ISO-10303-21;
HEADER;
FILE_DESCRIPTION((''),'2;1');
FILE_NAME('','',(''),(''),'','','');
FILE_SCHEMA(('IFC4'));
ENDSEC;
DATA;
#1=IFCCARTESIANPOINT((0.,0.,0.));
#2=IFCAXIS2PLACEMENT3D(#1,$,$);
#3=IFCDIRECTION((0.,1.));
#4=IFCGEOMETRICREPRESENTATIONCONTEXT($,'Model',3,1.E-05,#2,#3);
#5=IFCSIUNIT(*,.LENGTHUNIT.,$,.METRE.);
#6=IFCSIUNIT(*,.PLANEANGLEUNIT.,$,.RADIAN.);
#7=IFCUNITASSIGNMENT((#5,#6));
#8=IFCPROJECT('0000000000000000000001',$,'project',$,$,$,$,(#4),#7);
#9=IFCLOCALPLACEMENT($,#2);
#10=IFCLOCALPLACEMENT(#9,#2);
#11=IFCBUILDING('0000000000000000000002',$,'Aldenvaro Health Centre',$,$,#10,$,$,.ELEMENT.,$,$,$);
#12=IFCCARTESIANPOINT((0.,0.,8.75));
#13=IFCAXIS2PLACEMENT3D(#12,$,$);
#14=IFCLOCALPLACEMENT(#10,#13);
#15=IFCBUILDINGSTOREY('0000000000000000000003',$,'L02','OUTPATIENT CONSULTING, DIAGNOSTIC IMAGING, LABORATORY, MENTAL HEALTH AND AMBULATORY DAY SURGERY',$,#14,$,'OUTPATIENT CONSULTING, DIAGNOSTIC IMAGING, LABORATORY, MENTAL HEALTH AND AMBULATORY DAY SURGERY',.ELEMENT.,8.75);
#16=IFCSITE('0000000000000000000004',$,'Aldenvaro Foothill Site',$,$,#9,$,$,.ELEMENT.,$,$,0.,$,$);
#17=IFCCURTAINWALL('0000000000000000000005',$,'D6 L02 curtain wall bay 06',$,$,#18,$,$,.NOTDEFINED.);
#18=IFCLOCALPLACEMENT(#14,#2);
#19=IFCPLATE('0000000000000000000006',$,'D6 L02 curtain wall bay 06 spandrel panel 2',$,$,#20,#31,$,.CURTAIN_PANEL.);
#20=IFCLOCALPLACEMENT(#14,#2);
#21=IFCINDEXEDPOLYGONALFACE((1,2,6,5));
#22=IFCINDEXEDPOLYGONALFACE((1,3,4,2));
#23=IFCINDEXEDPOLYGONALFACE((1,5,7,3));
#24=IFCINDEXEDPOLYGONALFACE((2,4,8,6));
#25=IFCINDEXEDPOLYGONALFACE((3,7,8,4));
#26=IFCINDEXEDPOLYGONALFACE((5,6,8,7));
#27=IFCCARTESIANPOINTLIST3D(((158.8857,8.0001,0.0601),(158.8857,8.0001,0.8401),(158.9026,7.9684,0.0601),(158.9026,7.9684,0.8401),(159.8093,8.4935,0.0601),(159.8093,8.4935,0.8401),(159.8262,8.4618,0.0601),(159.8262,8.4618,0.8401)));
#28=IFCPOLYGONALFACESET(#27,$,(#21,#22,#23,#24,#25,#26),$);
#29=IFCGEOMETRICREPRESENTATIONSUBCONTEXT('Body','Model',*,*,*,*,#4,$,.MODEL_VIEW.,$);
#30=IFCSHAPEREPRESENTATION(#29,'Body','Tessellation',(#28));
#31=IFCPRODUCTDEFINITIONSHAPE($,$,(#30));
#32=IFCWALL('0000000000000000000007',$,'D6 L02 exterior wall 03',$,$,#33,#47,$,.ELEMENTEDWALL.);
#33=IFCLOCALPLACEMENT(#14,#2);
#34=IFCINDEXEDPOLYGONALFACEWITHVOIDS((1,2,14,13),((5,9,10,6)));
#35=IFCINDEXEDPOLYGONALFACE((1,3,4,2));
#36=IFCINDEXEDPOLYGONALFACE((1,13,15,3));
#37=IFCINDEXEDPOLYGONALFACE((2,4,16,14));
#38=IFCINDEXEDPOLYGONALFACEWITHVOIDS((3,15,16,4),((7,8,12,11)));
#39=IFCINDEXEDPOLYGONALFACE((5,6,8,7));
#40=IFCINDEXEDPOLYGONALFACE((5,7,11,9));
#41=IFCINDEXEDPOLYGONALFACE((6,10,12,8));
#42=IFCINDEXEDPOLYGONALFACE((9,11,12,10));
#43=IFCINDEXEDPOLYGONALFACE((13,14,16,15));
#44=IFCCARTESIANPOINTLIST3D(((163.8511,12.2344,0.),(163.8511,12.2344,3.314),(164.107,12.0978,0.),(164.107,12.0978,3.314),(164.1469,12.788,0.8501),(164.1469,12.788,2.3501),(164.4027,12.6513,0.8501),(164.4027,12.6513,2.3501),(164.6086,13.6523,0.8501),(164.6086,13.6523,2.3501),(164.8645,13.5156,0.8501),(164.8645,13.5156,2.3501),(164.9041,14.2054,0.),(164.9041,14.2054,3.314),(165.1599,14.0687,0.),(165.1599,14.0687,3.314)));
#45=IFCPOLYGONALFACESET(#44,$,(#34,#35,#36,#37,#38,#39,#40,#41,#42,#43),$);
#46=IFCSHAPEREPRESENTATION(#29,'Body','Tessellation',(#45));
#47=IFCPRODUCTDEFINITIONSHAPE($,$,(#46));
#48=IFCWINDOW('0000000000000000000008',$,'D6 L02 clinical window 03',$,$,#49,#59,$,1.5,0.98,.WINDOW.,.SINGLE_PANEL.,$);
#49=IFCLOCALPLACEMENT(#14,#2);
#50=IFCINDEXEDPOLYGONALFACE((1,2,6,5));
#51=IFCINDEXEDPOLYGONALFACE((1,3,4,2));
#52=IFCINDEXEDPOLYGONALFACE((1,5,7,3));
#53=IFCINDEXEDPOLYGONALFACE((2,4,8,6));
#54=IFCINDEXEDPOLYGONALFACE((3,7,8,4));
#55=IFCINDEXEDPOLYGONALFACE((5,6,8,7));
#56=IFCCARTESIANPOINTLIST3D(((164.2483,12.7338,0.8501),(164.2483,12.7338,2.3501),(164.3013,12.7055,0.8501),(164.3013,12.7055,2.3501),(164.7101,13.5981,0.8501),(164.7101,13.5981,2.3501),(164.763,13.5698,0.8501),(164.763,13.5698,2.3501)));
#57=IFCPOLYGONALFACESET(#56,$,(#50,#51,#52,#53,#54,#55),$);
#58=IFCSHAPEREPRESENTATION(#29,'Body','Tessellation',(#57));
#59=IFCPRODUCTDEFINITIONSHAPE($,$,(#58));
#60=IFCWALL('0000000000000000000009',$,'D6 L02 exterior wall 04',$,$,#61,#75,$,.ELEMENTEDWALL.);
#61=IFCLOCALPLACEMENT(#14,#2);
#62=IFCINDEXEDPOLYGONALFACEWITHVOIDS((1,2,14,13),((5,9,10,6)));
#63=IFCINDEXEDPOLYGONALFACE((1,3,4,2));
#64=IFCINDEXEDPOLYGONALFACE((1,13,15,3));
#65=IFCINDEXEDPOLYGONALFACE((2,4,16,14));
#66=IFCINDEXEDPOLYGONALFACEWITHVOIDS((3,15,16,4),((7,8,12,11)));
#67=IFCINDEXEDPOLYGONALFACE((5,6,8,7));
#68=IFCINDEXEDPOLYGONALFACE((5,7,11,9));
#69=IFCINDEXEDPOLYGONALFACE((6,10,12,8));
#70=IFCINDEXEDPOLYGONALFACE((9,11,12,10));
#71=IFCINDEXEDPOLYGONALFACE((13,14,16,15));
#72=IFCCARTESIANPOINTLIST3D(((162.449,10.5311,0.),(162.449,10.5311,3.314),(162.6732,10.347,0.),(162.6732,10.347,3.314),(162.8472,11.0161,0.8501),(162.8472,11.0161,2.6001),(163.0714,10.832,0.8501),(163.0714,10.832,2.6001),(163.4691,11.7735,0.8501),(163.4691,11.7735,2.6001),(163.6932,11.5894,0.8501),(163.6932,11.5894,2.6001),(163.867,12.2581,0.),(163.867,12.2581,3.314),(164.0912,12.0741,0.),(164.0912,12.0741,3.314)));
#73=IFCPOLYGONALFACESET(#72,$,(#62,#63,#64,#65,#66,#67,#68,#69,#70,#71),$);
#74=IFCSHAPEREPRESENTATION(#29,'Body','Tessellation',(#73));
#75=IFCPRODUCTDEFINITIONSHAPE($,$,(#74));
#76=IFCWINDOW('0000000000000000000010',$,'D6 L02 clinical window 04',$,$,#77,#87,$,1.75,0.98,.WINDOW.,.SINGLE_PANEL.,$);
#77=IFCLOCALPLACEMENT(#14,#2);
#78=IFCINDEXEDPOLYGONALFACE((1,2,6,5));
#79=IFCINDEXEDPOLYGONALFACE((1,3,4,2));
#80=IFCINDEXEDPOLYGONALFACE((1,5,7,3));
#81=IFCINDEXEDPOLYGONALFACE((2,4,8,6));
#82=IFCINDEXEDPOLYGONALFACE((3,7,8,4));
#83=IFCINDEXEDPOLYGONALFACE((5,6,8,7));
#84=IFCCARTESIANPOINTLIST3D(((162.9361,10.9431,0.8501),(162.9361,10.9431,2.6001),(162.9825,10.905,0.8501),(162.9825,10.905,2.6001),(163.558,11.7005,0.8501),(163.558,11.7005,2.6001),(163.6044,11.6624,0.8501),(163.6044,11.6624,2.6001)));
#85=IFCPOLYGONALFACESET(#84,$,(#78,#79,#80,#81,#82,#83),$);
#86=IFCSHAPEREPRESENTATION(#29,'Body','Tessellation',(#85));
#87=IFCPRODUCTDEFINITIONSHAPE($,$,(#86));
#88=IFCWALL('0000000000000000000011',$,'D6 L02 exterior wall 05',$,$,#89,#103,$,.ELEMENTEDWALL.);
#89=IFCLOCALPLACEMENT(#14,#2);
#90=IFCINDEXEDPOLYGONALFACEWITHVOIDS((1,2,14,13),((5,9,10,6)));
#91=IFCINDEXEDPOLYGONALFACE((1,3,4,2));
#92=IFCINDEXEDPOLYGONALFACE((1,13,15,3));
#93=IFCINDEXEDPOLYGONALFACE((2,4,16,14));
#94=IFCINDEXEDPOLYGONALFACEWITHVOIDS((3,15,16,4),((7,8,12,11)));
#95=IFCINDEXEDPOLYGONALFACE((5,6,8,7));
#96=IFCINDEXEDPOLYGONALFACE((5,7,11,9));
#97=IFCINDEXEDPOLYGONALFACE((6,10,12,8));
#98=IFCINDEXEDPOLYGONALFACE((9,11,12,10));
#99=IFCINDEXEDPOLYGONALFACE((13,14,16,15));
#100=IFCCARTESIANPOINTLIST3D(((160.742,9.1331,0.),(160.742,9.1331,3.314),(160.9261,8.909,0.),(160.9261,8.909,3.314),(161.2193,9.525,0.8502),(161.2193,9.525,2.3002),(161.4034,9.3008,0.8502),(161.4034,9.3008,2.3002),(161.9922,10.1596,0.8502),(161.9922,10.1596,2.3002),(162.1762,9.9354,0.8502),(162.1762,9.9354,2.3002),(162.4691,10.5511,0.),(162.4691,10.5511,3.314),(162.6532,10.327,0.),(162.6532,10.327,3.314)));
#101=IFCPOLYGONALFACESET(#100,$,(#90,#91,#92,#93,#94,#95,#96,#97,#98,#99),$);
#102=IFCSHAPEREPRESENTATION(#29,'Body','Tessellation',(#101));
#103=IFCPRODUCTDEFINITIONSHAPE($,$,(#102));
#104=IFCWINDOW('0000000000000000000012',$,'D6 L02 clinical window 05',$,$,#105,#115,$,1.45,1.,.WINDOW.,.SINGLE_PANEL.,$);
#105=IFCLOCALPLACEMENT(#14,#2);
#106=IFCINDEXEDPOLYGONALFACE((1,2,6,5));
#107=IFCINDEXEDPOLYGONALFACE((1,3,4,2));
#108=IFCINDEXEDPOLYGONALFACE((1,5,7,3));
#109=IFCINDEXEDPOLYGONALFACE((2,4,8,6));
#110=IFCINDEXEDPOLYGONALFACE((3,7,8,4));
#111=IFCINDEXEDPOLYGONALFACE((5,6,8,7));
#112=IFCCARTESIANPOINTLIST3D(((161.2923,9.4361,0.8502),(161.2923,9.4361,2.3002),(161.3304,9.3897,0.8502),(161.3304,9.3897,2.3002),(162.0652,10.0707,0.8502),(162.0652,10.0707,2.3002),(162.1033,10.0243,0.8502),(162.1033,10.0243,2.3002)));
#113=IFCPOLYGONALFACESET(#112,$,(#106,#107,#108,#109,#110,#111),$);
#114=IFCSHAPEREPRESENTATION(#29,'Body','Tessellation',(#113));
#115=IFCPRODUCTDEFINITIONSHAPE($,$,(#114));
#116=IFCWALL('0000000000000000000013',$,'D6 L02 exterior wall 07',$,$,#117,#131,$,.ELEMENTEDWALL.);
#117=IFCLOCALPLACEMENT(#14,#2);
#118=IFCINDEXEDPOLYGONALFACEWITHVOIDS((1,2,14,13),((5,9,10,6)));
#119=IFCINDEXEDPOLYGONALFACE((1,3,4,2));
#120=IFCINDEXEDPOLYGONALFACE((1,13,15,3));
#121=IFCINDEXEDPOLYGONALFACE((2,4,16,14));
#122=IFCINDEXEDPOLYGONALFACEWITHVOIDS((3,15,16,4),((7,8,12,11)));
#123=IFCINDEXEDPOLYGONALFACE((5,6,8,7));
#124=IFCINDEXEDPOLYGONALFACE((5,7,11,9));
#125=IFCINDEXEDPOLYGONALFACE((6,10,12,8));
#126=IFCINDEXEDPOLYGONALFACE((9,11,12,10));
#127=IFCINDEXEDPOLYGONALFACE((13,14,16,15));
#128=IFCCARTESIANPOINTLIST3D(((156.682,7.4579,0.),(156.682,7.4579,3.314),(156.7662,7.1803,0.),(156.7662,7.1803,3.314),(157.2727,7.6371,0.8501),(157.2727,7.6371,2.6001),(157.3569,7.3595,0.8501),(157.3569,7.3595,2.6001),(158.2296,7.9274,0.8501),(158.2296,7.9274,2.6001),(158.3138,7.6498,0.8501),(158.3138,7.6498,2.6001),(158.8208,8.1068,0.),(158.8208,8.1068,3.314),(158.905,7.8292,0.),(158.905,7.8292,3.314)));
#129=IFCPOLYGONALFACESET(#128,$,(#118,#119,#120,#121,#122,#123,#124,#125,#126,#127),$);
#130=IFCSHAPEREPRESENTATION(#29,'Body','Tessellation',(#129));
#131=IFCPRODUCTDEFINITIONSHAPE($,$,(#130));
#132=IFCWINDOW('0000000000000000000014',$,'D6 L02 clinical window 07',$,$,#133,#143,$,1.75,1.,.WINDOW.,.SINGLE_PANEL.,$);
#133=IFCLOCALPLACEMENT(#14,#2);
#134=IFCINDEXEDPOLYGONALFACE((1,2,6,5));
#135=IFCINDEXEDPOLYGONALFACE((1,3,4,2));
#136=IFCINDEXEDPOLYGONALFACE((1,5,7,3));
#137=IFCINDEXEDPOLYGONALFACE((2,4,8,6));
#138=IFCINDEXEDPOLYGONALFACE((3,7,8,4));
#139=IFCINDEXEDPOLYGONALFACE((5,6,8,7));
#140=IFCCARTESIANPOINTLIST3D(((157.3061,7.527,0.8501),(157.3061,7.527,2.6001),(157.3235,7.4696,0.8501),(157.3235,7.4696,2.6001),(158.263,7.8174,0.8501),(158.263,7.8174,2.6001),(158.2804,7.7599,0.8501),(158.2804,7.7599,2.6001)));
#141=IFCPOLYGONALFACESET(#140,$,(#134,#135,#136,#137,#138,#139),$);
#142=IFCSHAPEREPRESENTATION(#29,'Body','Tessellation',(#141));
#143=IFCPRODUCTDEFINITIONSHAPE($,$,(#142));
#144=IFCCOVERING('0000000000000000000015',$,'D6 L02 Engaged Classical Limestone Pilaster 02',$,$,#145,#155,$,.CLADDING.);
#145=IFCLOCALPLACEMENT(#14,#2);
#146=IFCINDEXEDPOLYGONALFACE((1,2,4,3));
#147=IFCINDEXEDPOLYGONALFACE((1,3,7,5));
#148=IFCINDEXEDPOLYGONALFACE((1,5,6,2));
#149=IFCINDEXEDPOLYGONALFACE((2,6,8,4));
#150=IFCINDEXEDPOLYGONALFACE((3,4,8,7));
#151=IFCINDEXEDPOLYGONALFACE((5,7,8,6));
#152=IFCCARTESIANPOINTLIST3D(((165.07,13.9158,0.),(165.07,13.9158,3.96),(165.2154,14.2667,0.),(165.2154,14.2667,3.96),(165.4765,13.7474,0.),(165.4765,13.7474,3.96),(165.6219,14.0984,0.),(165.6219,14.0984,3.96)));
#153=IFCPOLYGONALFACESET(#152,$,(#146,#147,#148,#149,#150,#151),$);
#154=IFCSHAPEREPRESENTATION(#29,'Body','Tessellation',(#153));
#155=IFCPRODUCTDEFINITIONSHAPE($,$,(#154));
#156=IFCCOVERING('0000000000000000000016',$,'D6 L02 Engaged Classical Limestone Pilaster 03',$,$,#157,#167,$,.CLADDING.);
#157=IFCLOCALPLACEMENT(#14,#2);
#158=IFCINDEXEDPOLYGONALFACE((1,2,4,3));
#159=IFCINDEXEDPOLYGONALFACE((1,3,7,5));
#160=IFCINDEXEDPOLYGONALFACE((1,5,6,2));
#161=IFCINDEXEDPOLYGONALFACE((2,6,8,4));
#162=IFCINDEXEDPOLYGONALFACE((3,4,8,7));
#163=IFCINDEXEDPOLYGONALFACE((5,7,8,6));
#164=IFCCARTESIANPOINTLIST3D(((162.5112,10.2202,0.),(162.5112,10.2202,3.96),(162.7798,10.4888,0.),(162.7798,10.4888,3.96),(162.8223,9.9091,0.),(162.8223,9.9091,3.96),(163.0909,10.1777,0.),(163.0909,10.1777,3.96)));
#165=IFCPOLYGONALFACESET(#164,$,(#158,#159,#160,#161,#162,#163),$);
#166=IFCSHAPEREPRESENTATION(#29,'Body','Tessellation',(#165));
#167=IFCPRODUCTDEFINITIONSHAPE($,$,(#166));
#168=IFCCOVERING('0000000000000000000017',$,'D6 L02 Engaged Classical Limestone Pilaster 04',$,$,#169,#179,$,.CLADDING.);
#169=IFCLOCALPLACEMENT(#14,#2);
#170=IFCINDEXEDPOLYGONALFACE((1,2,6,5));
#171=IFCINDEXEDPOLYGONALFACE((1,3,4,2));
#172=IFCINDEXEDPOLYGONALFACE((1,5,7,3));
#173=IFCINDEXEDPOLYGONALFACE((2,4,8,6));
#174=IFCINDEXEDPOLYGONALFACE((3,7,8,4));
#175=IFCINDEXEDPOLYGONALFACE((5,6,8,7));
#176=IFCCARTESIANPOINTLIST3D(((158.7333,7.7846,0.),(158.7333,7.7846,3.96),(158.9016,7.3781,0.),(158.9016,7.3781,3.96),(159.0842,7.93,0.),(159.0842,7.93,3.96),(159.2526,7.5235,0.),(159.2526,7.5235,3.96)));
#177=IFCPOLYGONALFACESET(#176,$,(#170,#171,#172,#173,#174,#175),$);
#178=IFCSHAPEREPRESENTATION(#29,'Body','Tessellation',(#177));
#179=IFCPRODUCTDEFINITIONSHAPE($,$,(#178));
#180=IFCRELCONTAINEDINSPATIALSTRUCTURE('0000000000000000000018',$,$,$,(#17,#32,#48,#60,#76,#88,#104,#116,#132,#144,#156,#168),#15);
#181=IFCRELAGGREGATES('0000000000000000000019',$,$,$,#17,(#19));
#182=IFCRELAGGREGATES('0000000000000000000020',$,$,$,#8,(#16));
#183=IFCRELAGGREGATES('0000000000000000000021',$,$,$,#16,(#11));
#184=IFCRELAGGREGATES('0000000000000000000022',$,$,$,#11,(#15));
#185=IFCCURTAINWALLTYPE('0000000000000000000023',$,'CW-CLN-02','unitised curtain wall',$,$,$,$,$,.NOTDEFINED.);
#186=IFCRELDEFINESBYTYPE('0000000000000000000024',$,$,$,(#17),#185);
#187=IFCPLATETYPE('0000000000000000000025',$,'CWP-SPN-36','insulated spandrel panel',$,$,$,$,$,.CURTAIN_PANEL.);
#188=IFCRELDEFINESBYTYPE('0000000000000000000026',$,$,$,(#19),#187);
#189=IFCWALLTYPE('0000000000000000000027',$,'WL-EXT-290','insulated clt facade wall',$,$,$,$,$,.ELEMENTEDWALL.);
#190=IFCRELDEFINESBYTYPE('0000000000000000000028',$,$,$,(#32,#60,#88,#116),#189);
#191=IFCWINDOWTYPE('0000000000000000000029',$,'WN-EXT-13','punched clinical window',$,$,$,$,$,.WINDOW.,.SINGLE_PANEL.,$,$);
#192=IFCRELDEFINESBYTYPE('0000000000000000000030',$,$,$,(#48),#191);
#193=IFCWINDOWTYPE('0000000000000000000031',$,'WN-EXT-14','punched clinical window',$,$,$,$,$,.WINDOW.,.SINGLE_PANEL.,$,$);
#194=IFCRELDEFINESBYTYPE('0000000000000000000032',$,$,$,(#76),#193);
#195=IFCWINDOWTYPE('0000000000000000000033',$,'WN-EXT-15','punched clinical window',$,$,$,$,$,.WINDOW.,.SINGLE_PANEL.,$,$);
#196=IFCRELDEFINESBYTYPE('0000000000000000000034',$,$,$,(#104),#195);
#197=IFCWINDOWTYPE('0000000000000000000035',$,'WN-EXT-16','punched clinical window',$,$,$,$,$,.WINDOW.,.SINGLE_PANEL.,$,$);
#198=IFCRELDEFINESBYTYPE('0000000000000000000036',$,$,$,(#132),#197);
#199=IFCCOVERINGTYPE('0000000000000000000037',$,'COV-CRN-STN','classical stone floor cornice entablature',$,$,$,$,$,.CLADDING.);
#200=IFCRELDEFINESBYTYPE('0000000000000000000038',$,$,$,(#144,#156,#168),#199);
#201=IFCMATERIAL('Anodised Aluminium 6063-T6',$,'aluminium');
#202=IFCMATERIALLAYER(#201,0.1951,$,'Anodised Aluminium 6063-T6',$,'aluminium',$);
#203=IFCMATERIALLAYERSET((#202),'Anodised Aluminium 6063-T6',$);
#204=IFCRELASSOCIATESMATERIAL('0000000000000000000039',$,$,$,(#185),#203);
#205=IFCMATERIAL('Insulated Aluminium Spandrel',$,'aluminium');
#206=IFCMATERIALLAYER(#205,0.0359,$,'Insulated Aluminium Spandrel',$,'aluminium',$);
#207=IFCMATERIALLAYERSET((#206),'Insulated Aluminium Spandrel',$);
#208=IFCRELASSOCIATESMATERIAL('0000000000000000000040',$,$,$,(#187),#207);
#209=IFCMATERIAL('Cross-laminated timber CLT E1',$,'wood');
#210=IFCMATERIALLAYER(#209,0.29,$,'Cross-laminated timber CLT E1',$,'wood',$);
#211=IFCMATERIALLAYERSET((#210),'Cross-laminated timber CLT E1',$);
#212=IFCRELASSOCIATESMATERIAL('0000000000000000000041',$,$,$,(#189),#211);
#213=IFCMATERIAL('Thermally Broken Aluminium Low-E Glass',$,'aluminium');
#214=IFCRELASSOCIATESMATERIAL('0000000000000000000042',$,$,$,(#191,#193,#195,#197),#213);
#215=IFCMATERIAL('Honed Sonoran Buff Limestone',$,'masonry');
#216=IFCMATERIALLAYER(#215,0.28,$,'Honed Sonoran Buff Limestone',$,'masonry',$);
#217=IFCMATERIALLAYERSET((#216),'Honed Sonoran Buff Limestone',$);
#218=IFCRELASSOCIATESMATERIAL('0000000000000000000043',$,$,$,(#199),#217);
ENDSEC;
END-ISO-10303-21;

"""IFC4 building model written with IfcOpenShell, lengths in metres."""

from ifc_helpers import new_model, si_unit, direction, frame, frame_2d, origin, origin_2d, place, context, subcontext, project, spatial, rectangle, extrude, material, layer, layer_set, type_object, element, fill, aggregate, save


model = new_model("IFC4")

# Units and contexts
model_context = context("Model", 3, precision=1e-05, world=origin(), true_north=direction((0.0, 1.0)))
body_context = subcontext(model_context, "Body", "Model", "MODEL_VIEW")
ifc_project = project(units=[si_unit("LENGTHUNIT", "METRE"), si_unit("PLANEANGLEUNIT", "RADIAN")], contexts=[model_context])

# Site, building, storey
site_placement = place(None, origin())
site = spatial("IfcSite", under=ifc_project, at=site_placement, Name="Aldenvaro Foothill Site", CompositionType="ELEMENT", RefElevation=0.0)
building_placement = place(site_placement, origin())
building = spatial("IfcBuilding", under=site, at=building_placement, Name="Aldenvaro Health Centre", CompositionType="ELEMENT")
storey_placement = place(building_placement, frame((0.0, 0.0, 8.75)))
storey = spatial("IfcBuildingStorey", under=building, at=storey_placement, Name="L02", Description="OUTPATIENT CONSULTING, DIAGNOSTIC IMAGING, LABORATORY, MENTAL HEALTH AND AMBULATORY DAY SURGERY", LongName="OUTPATIENT CONSULTING, DIAGNOSTIC IMAGING, LABORATORY, MENTAL HEALTH AND AMBULATORY DAY SURGERY", CompositionType="ELEMENT", Elevation=8.75)

# Shared definitions
ifc_material_1 = material(Name="Anodised Aluminium 6063-T6", Category="aluminium")
ifc_layer_1 = layer(ifc_material_1, 0.1951, Name="Anodised Aluminium 6063-T6", Category="aluminium")
ifc_layer_set_1 = layer_set([ifc_layer_1], Name="Anodised Aluminium 6063-T6")
curtain_wall_type = type_object("IfcCurtainWallType", Name="CW-CLN-02", Description="unitised curtain wall", PredefinedType="NOTDEFINED", material=ifc_layer_set_1)

# Curtain wall, plate
curtain_wall_1_placement = place(storey_placement, origin())
curtain_wall_1 = element("IfcCurtainWall", 1, at=curtain_wall_1_placement, inside=storey, type_object=curtain_wall_type, Name="D6 L02 curtain wall bay 06", PredefinedType="NOTDEFINED")
ifc_material_2 = material(Name="Insulated Aluminium Spandrel", Category="aluminium")
ifc_layer_2 = layer(ifc_material_2, 0.0359, Name="Insulated Aluminium Spandrel", Category="aluminium")
ifc_layer_set_2 = layer_set([ifc_layer_2], Name="Insulated Aluminium Spandrel")
plate_type_1 = type_object("IfcPlateType", Name="CWP-SPN-36", Description="insulated spandrel panel", PredefinedType="CURTAIN_PANEL", material=ifc_layer_set_2)
plate_1_placement = place(storey_placement, frame((159.356, 8.231, 0.0601), z_axis=(0.0, 0.0, 1.0), x_axis=(-0.882018, -0.471215, 0.0)))
plate_1 = element("IfcPlate", 2, at=plate_1_placement, type_object=plate_type_1, Name="D6 L02 curtain wall bay 06 spandrel panel 2", PredefinedType="CURTAIN_PANEL", context=body_context, shape_type="SweptSolid", body=[
    extrude(rectangle(XDim=1.0471, YDim=0.0359, at=origin_2d()), origin(), (0.0, 0.0, 1.0), 0.78),
])
aggregate(curtain_wall_1, [plate_1])

# Walls, openings, windows
ifc_material_3 = material(Name="Cross-laminated timber CLT E1", Category="wood")
ifc_layer_3 = layer(ifc_material_3, 0.29, Name="Cross-laminated timber CLT E1", Category="wood")
ifc_layer_set_3 = layer_set([ifc_layer_3], Name="Cross-laminated timber CLT E1")
wall_type = type_object("IfcWallType", Name="WL-EXT-290", Description="insulated clt facade wall", PredefinedType="ELEMENTEDWALL", material=ifc_layer_set_3)
wall_1_placement = place(storey_placement, frame((165.032, 14.137, 0.0), z_axis=(0.0, 0.0, 1.0), x_axis=(-0.471218, -0.882017, 0.0)))
wall_1 = element("IfcWall", 3, at=wall_1_placement, inside=storey, type_object=wall_type, Name="D6 L02 exterior wall 03", PredefinedType="ELEMENTEDWALL", context=body_context, shape_type="SweptSolid", body=[
    extrude(rectangle(XDim=2.2346, YDim=0.29, at=frame_2d((1.1172, 0.0))), origin(), (0.0, 0.0, 1.0), 3.314),
])
opening_1_placement = place(wall_1_placement, frame((0.627, 0.0, 0.8501)))
opening_1 = element("IfcOpeningElement", 4, at=opening_1_placement, cuts=wall_1, PredefinedType="OPENING", context=body_context, shape_type="SweptSolid", body=[
    extrude(rectangle(XDim=0.98, YDim=1.5, at=frame_2d((0.49, 0.75))), frame((0.0, 0.155, 0.0), z_axis=(0.0, -1.0, 0.0), x_axis=(1.0, 0.0, 0.0)), (0.0, 0.0, 1.0), 0.3101),
])
ifc_material_4 = material(Name="Thermally Broken Aluminium Low-E Glass", Category="aluminium")
window_type_1 = type_object("IfcWindowType", Name="WN-EXT-13", Description="punched clinical window", PartitioningType="SINGLE_PANEL", PredefinedType="WINDOW", material=ifc_material_4)
window_1_placement = place(opening_1_placement, origin())
window_1 = element("IfcWindow", 5, at=window_1_placement, inside=storey, type_object=window_type_1, Name="D6 L02 clinical window 03", OverallHeight=1.5, OverallWidth=0.98, PartitioningType="SINGLE_PANEL", PredefinedType="WINDOW", context=body_context, shape_type="SweptSolid", body=[
    extrude(rectangle(XDim=0.98, YDim=1.5, at=frame_2d((0.49, 0.75))), frame((0.0, 0.03, 0.0), z_axis=(0.0, -1.0, 0.0), x_axis=(1.0, 0.0, 0.0)), (0.0, 0.0, 1.0), 0.0601),
])
fill(opening_1, window_1)
wall_2_placement = place(storey_placement, frame((163.979, 12.166, 0.0), z_axis=(0.0, 0.0, 1.0), x_axis=(-0.634558, -0.772876, 0.0)))
wall_2 = element("IfcWall", 6, at=wall_2_placement, inside=storey, type_object=wall_type, Name="D6 L02 exterior wall 04", PredefinedType="ELEMENTEDWALL", context=body_context, shape_type="SweptSolid", body=[
    extrude(rectangle(XDim=2.2346, YDim=0.29, at=frame_2d((1.1172, 0.0))), origin(), (0.0, 0.0, 1.0), 3.314),
])
opening_2_placement = place(wall_2_placement, frame((0.627, 0.0, 0.8501)))
opening_2 = element("IfcOpeningElement", 7, at=opening_2_placement, cuts=wall_2, PredefinedType="OPENING", context=body_context, shape_type="SweptSolid", body=[
    extrude(rectangle(XDim=0.98, YDim=1.75, at=frame_2d((0.49, 0.875))), frame((0.0, 0.155, 0.0), z_axis=(0.0, -1.0, 0.0), x_axis=(1.0, 0.0, 0.0)), (0.0, 0.0, 1.0), 0.3101),
])
window_type_2 = type_object("IfcWindowType", Name="WN-EXT-14", Description="punched clinical window", PartitioningType="SINGLE_PANEL", PredefinedType="WINDOW", material=ifc_material_4)
window_2_placement = place(opening_2_placement, origin())
window_2 = element("IfcWindow", 8, at=window_2_placement, inside=storey, type_object=window_type_2, Name="D6 L02 clinical window 04", OverallHeight=1.75, OverallWidth=0.98, PartitioningType="SINGLE_PANEL", PredefinedType="WINDOW", context=body_context, shape_type="SweptSolid", body=[
    extrude(rectangle(XDim=0.98, YDim=1.75, at=frame_2d((0.49, 0.875))), frame((0.0, 0.03, 0.0), z_axis=(0.0, -1.0, 0.0), x_axis=(1.0, 0.0, 0.0)), (0.0, 0.0, 1.0), 0.0601),
])
fill(opening_2, window_2)
wall_3_placement = place(storey_placement, frame((162.561, 10.439, 0.0), z_axis=(0.0, 0.0, 1.0), x_axis=(-0.772876, -0.634558, 0.0)))
wall_3 = element("IfcWall", 9, at=wall_3_placement, inside=storey, type_object=wall_type, Name="D6 L02 exterior wall 05", PredefinedType="ELEMENTEDWALL", context=body_context, shape_type="SweptSolid", body=[
    extrude(rectangle(XDim=2.2346, YDim=0.29, at=frame_2d((1.1172, 0.0))), origin(), (0.0, 0.0, 1.0), 3.314),
])
opening_3_placement = place(wall_3_placement, frame((0.6169, 0.0, 0.8501)))
opening_3 = element("IfcOpeningElement", 10, at=opening_3_placement, cuts=wall_3, PredefinedType="OPENING", context=body_context, shape_type="SweptSolid", body=[
    extrude(rectangle(XDim=1.0, YDim=1.45, at=frame_2d((0.5, 0.7251))), frame((0.0, 0.155, 0.0), z_axis=(0.0, -1.0, 0.0), x_axis=(1.0, 0.0, 0.0)), (0.0, 0.0, 1.0), 0.3101),
])
window_type_3 = type_object("IfcWindowType", Name="WN-EXT-15", Description="punched clinical window", PartitioningType="SINGLE_PANEL", PredefinedType="WINDOW", material=ifc_material_4)
window_3_placement = place(opening_3_placement, origin())
window_3 = element("IfcWindow", 11, at=window_3_placement, inside=storey, type_object=window_type_3, Name="D6 L02 clinical window 05", OverallHeight=1.45, OverallWidth=1.0, PartitioningType="SINGLE_PANEL", PredefinedType="WINDOW", context=body_context, shape_type="SweptSolid", body=[
    extrude(rectangle(XDim=1.0, YDim=1.45, at=frame_2d((0.5, 0.7251))), frame((0.0, 0.03, 0.0), z_axis=(0.0, -1.0, 0.0), x_axis=(1.0, 0.0, 0.0)), (0.0, 0.0, 1.0), 0.0601),
])
fill(opening_3, window_3)
wall_4_placement = place(storey_placement, frame((158.863, 7.968, 0.0), z_axis=(0.0, 0.0, 1.0), x_axis=(-0.956929, -0.290323, 0.0)))
wall_4 = element("IfcWall", 12, at=wall_4_placement, inside=storey, type_object=wall_type, Name="D6 L02 exterior wall 07", PredefinedType="ELEMENTEDWALL", context=body_context, shape_type="SweptSolid", body=[
    extrude(rectangle(XDim=2.2351, YDim=0.29, at=frame_2d((1.1177, 0.0))), origin(), (0.0, 0.0, 1.0), 3.314),
])
opening_4_placement = place(wall_4_placement, frame((0.6179, 0.0, 0.8501)))
opening_4 = element("IfcOpeningElement", 13, at=opening_4_placement, cuts=wall_4, PredefinedType="OPENING", context=body_context, shape_type="SweptSolid", body=[
    extrude(rectangle(XDim=1.0, YDim=1.75, at=frame_2d((0.5, 0.875))), frame((0.0, 0.155, 0.0), z_axis=(0.0, -1.0, 0.0), x_axis=(1.0, 0.0, 0.0)), (0.0, 0.0, 1.0), 0.3101),
])
window_type_4 = type_object("IfcWindowType", Name="WN-EXT-16", Description="punched clinical window", PartitioningType="SINGLE_PANEL", PredefinedType="WINDOW", material=ifc_material_4)
window_4_placement = place(opening_4_placement, origin())
window_4 = element("IfcWindow", 14, at=window_4_placement, inside=storey, type_object=window_type_4, Name="D6 L02 clinical window 07", OverallHeight=1.75, OverallWidth=1.0, PartitioningType="SINGLE_PANEL", PredefinedType="WINDOW", context=body_context, shape_type="SweptSolid", body=[
    extrude(rectangle(XDim=1.0, YDim=1.75, at=frame_2d((0.5, 0.875))), frame((0.0, 0.03, 0.0), z_axis=(0.0, -1.0, 0.0), x_axis=(1.0, 0.0, 0.0)), (0.0, 0.0, 1.0), 0.0601),
])
fill(opening_4, window_4)

# Coverings
ifc_material_5 = material(Name="Honed Sonoran Buff Limestone", Category="masonry")
ifc_layer_4 = layer(ifc_material_5, 0.28, Name="Honed Sonoran Buff Limestone", Category="masonry")
ifc_layer_set_4 = layer_set([ifc_layer_4], Name="Honed Sonoran Buff Limestone")
covering_type = type_object("IfcCoveringType", Name="COV-CRN-STN", Description="classical stone floor cornice entablature", PredefinedType="CLADDING", material=ifc_layer_set_4)
for number, where, z_axis, x_axis, name in (
    (15, (165.3459, 14.0071, 0.0), (0.0, 0.0, 1.0), (0.923864, -0.382721, 0.0), "D6 L02 Engaged Classical Limestone Pilaster 02"),
    (16, (162.801, 10.199, 0.0), (0.0, 0.0, 1.0), (0.707107, -0.707107, 0.0), "D6 L02 Engaged Classical Limestone Pilaster 03"),
    (17, (158.9929, 7.6541, 0.0), (0.0, 0.0, 1.0), (0.382721, -0.923864, 0.0), "D6 L02 Engaged Classical Limestone Pilaster 04"),
):
    element("IfcCovering", number, at=place(storey_placement, frame(where, z_axis=z_axis, x_axis=x_axis)), inside=storey, type_object=covering_type, Name=name, PredefinedType="CLADDING", context=body_context, shape_type="SweptSolid", body=[
        extrude(rectangle(XDim=0.4399, YDim=0.3799, at=origin_2d()), origin(), (0.0, 0.0, 1.0), 3.96),
    ])

save(model, "model.ifc")
